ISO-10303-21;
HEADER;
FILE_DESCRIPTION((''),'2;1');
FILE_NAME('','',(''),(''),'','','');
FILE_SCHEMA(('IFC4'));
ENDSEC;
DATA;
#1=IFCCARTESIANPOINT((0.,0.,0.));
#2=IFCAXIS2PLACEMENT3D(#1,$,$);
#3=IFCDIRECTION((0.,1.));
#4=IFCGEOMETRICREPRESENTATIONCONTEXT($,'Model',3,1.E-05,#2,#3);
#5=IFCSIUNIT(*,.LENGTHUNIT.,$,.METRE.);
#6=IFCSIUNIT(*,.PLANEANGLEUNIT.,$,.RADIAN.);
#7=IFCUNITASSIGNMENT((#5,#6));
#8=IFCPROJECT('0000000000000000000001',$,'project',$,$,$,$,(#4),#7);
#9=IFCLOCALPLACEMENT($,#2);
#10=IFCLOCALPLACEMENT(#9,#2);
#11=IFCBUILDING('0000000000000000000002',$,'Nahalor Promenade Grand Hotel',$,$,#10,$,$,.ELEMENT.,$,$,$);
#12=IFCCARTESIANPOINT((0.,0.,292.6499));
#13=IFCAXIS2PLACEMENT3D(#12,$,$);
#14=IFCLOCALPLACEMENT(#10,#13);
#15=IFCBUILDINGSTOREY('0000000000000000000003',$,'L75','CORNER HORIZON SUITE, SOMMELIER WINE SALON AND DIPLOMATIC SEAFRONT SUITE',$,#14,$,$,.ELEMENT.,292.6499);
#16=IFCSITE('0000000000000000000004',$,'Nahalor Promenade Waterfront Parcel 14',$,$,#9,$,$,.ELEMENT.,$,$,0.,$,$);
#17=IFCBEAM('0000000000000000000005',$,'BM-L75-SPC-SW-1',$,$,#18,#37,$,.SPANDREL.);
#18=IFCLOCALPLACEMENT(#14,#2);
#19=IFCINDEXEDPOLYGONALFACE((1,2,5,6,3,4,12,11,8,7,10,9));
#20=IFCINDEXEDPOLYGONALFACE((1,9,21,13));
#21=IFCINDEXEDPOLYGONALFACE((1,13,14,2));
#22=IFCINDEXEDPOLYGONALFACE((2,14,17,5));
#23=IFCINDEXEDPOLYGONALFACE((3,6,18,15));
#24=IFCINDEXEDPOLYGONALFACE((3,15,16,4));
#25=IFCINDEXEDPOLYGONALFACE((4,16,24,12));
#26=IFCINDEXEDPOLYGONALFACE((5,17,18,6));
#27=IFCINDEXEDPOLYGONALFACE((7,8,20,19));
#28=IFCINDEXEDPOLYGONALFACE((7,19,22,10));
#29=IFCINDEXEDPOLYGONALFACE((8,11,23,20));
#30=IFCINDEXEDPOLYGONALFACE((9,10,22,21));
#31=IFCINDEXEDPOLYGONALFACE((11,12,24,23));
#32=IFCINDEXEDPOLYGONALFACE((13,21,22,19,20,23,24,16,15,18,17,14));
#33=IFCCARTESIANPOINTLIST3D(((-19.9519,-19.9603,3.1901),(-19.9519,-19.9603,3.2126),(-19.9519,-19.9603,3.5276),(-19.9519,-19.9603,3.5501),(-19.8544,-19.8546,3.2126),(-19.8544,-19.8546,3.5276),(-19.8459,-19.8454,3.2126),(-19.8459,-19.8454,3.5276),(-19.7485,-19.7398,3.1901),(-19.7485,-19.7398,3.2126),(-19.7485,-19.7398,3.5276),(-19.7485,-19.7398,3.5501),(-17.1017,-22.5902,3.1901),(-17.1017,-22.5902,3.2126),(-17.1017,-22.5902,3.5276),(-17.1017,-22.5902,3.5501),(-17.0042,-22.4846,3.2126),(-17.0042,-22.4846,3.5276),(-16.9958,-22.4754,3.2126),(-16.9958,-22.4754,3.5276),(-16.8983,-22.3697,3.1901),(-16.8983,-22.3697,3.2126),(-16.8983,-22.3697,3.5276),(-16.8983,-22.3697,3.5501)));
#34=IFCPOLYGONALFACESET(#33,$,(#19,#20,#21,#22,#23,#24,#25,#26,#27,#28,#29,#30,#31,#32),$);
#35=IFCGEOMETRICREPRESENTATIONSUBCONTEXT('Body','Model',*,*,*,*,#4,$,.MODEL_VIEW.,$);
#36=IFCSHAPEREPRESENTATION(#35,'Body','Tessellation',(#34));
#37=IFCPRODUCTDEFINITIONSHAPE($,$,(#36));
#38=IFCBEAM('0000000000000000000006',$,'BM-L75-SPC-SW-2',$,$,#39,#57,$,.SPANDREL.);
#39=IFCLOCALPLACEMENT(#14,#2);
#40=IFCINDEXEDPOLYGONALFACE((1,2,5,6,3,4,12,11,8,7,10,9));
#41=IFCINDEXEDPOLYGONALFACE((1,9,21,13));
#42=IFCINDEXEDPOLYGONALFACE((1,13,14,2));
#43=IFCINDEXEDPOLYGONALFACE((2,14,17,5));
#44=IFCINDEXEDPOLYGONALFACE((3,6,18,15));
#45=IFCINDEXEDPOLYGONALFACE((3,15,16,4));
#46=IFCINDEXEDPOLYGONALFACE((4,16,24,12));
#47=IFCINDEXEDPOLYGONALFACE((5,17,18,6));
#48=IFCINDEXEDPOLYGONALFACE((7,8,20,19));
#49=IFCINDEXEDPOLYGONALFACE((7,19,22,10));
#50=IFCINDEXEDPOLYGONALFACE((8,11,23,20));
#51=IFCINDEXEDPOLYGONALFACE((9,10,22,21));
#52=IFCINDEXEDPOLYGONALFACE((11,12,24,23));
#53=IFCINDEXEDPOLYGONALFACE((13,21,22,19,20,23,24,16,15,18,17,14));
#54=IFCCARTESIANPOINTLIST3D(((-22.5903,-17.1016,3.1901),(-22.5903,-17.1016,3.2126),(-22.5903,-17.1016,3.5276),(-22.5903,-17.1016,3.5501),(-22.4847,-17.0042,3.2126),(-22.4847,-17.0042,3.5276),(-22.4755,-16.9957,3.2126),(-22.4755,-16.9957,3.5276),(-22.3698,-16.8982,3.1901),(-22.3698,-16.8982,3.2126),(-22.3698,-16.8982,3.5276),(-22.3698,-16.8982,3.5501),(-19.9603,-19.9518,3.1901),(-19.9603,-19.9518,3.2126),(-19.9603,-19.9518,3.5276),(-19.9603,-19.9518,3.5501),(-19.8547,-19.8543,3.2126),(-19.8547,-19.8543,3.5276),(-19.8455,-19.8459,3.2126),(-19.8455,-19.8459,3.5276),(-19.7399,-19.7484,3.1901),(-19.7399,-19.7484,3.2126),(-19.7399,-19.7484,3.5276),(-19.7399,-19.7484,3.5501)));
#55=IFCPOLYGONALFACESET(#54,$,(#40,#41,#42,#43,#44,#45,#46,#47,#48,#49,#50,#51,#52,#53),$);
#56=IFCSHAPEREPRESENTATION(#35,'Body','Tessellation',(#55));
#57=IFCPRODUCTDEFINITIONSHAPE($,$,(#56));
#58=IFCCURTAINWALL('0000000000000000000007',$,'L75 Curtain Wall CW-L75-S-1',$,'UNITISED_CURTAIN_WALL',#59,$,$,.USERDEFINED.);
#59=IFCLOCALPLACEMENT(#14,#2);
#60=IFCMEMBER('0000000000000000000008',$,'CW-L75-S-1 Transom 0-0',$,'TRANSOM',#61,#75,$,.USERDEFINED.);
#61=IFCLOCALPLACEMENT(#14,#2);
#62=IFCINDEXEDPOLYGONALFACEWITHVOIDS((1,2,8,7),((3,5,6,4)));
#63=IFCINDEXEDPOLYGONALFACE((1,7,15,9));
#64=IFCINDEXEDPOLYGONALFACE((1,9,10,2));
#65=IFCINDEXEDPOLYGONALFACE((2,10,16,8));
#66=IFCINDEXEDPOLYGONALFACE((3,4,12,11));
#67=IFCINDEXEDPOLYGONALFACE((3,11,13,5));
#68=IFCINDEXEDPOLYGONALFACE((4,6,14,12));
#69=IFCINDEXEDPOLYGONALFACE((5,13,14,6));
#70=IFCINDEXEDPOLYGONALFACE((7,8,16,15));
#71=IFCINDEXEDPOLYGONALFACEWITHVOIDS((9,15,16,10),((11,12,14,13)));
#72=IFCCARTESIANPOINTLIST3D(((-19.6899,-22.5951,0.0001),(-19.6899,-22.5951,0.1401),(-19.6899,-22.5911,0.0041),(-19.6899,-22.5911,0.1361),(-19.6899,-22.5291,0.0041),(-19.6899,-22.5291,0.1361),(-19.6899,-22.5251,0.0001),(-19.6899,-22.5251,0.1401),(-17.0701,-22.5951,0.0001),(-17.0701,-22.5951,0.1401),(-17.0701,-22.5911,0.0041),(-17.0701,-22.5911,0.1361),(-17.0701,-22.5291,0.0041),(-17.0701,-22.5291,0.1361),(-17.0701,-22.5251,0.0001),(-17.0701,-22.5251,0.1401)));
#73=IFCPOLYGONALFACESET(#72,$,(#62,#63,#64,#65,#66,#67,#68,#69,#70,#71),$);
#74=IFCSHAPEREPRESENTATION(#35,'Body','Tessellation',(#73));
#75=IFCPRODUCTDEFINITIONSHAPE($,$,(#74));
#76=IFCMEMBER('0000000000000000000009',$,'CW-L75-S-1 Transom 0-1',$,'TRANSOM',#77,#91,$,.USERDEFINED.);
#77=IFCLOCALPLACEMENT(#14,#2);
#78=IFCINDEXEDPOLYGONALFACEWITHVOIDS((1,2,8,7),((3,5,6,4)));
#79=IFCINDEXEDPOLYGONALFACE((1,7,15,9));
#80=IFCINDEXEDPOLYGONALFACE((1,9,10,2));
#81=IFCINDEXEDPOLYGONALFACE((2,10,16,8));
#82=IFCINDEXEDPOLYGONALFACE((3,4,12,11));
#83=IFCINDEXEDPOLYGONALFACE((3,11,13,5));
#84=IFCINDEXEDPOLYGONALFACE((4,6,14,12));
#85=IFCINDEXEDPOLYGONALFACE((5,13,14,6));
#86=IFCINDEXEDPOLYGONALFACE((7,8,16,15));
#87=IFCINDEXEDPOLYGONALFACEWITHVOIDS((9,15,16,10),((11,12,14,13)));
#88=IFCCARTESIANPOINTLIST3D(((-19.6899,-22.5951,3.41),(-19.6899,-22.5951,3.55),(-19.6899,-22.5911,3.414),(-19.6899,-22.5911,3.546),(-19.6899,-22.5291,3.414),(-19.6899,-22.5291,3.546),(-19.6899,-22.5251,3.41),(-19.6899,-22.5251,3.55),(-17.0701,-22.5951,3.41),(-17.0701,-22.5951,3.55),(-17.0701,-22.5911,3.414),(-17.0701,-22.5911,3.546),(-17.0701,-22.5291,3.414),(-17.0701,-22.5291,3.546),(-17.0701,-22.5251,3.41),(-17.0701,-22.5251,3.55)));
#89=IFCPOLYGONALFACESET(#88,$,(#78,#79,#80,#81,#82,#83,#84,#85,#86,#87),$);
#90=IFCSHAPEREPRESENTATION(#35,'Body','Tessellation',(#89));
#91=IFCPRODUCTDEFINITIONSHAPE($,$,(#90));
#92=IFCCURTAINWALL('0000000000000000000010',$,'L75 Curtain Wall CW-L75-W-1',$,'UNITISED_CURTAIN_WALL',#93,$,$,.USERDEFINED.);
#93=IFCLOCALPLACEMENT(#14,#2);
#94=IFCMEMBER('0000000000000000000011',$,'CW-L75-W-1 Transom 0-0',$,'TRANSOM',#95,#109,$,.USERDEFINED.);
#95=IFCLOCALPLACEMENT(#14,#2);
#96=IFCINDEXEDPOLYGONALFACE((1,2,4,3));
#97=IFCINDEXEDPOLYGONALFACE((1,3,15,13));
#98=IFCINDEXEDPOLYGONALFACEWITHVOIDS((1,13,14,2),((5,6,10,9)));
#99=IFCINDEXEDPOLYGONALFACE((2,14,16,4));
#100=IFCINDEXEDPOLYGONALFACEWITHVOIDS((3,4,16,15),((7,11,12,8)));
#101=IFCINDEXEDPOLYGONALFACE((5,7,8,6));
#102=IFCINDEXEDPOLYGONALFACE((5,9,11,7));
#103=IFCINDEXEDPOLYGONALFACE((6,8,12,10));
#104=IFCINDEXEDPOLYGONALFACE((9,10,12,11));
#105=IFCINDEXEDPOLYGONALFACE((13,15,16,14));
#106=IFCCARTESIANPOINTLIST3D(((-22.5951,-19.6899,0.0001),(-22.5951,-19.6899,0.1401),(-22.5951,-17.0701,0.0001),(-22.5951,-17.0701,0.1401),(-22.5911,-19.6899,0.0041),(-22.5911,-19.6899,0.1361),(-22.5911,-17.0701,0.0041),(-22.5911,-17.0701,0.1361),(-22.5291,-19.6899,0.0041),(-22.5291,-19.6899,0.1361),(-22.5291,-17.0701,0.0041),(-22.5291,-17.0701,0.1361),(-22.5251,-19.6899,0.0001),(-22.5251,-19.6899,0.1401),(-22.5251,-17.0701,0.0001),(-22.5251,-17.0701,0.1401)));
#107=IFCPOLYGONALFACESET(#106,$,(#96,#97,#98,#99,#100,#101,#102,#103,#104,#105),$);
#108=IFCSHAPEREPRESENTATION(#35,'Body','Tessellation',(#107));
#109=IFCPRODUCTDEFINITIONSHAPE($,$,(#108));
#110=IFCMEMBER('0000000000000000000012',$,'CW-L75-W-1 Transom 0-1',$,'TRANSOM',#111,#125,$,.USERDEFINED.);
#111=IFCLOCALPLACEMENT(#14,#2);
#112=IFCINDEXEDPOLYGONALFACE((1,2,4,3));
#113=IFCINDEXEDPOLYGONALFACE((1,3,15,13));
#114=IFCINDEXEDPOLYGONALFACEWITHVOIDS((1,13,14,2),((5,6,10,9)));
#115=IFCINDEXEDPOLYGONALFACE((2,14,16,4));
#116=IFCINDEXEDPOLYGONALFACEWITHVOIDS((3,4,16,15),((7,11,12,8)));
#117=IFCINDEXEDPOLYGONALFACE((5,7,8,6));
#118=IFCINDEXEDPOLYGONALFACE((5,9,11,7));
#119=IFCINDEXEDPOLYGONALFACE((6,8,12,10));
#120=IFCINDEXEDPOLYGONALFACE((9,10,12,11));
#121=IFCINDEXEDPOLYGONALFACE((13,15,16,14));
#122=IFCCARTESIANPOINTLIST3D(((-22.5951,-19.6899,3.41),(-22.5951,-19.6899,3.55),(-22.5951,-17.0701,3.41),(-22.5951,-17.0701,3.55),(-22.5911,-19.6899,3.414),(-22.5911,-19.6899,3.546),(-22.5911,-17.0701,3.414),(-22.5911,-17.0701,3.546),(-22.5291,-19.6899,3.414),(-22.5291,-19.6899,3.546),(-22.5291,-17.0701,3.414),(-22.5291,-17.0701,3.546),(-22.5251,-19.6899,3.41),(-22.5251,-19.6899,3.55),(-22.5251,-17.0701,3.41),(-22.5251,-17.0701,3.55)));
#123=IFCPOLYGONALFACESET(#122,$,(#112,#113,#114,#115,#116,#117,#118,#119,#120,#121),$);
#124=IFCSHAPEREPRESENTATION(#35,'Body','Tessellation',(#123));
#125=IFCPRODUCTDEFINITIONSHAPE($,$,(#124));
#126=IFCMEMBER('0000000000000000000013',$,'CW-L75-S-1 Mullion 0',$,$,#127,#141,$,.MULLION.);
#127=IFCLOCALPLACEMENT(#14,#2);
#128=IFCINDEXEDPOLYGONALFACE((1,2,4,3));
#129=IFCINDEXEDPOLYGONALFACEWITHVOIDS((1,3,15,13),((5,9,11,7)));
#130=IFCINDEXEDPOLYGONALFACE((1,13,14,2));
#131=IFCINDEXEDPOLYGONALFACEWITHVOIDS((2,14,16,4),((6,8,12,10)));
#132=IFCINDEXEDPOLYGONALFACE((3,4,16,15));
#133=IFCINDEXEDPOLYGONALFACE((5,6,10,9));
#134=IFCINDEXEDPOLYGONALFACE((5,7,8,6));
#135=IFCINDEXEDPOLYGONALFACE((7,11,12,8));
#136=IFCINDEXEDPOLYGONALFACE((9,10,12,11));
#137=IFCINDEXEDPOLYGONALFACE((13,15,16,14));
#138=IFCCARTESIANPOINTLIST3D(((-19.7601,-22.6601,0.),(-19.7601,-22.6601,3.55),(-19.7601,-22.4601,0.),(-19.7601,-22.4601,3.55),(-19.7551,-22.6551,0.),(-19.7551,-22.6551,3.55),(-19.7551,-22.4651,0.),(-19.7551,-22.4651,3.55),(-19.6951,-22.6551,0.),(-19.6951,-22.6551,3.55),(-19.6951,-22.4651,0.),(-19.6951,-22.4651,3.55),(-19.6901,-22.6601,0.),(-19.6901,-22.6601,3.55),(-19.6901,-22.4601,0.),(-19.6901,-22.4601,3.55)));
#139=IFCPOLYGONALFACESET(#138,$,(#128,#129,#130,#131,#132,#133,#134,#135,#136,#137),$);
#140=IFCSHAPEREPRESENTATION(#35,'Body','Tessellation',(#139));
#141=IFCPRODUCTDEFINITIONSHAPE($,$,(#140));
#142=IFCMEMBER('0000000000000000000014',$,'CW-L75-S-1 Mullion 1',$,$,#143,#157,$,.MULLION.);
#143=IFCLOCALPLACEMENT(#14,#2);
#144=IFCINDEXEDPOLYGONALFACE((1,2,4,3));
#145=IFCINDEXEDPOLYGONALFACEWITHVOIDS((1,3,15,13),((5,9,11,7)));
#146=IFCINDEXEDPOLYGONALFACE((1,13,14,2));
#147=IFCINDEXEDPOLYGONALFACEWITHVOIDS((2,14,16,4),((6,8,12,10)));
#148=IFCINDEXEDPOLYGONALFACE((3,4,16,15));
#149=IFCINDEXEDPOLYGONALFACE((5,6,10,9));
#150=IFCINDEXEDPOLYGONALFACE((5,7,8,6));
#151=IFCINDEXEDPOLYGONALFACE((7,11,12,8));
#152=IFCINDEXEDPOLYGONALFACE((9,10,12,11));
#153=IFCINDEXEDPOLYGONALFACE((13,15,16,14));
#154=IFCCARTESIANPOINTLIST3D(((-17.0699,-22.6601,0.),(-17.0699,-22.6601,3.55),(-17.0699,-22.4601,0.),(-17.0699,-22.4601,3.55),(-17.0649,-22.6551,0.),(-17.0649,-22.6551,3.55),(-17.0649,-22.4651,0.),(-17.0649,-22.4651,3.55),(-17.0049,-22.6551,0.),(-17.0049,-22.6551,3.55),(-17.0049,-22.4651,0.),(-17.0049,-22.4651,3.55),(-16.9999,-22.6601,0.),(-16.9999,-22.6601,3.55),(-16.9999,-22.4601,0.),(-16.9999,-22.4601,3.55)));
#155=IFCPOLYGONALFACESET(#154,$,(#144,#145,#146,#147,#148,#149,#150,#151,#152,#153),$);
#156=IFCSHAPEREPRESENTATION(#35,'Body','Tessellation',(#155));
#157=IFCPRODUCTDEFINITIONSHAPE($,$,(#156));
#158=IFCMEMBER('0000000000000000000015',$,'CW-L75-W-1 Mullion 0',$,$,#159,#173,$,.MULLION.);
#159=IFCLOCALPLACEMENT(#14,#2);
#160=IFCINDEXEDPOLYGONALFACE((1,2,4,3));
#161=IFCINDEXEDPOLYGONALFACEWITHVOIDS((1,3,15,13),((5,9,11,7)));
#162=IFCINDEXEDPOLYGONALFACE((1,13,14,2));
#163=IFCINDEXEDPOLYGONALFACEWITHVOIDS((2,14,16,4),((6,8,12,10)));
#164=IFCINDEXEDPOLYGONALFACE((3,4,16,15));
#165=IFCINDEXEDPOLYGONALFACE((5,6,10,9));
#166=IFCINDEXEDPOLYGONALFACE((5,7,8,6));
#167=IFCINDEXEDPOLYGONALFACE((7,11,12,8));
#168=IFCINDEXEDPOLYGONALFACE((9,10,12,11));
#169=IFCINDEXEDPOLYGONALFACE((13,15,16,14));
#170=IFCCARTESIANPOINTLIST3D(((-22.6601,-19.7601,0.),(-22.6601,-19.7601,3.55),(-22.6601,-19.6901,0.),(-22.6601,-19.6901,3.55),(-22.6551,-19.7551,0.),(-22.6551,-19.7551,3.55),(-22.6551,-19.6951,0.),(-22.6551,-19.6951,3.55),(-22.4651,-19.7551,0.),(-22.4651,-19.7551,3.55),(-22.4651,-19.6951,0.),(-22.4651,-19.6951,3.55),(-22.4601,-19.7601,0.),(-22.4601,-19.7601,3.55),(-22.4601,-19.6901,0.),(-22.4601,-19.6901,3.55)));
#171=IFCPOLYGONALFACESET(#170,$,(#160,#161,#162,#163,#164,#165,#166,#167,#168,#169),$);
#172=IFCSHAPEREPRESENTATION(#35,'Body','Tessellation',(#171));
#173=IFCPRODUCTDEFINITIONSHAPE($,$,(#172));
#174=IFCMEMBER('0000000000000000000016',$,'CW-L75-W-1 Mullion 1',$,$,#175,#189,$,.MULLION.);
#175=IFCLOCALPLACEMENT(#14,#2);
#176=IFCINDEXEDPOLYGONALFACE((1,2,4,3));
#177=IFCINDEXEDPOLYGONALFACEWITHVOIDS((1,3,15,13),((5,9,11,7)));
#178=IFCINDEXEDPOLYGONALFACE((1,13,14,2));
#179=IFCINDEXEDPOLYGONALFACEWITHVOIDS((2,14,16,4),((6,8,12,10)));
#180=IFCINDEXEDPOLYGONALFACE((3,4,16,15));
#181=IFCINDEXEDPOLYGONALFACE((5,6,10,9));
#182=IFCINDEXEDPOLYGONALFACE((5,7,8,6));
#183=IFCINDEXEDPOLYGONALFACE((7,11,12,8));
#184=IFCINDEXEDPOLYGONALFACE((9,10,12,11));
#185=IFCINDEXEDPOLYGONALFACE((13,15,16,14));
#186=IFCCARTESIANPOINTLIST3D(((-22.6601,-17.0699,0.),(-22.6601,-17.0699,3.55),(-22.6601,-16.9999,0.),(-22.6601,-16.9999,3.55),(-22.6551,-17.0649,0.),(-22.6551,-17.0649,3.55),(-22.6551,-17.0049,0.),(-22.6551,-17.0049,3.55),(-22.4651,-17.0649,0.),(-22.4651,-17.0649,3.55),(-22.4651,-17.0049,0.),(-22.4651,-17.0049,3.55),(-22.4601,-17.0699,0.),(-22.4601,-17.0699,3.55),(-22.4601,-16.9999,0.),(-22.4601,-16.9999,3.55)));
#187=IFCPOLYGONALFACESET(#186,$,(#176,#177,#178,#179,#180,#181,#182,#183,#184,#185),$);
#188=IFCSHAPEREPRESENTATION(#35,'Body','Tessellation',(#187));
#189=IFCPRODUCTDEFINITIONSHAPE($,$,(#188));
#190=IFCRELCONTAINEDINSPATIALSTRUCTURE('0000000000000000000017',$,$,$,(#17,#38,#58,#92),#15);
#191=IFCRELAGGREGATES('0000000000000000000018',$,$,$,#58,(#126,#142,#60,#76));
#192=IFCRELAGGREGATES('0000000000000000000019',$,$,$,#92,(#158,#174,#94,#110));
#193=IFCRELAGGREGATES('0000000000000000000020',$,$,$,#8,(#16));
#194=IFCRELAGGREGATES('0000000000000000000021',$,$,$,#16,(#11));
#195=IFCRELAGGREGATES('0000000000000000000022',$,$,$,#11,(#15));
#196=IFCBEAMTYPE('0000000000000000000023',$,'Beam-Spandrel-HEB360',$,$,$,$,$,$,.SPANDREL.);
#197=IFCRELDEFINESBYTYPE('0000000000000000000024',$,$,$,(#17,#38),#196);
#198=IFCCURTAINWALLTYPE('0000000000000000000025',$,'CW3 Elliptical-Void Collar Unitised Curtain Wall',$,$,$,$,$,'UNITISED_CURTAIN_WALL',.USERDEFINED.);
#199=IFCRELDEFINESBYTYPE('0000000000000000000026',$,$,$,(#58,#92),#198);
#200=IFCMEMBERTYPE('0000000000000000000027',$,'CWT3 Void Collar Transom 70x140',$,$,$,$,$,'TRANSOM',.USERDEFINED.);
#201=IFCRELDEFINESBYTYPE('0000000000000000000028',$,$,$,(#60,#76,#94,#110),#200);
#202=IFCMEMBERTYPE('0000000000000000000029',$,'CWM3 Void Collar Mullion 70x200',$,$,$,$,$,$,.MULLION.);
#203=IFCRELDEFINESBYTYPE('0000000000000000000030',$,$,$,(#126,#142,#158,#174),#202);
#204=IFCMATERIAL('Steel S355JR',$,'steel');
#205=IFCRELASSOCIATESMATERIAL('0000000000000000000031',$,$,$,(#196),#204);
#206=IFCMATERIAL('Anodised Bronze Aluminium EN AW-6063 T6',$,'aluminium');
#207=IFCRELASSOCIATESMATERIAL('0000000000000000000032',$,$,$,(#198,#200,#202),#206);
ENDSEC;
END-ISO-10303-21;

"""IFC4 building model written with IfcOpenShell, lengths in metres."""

from ifc_helpers import new_model, si_unit, direction, frame, origin, origin_2d, place, context, subcontext, project, spatial, hollow_rectangle, i_section, extrude, source, transform, mapped, material, material_profile, profile_set, type_object, element, aggregate, save


model = new_model("IFC4")

# Units and contexts
model_context = context("Model", 3, precision=1e-05, world=origin(), true_north=direction((0.0, 1.0)))
body_context = subcontext(model_context, "Body", "Model", "MODEL_VIEW")
ifc_project = project(units=[si_unit("LENGTHUNIT", "METRE"), si_unit("PLANEANGLEUNIT", "RADIAN")], contexts=[model_context])

# Site, building, storey
site_placement = place(None, origin())
site = spatial("IfcSite", under=ifc_project, at=site_placement, Name="Nahalor Promenade Waterfront Parcel 14", CompositionType="ELEMENT", RefElevation=0.0)
building_placement = place(site_placement, origin())
building = spatial("IfcBuilding", under=site, at=building_placement, Name="Nahalor Promenade Grand Hotel", CompositionType="ELEMENT")
storey_placement = place(building_placement, frame((0.0, 0.0, 292.6499)))
storey = spatial("IfcBuildingStorey", under=building, at=storey_placement, Name="L75", Description="CORNER HORIZON SUITE, SOMMELIER WINE SALON AND DIPLOMATIC SEAFRONT SUITE", CompositionType="ELEMENT", Elevation=292.6499)

# Shared definitions
ifc_material_1 = material(Name="Steel S355JR", Category="steel")

# Beams
ifc_material_profile_1 = material_profile(ifc_material_1, i_section(OverallWidth=0.3, OverallDepth=0.36, WebThickness=0.0125, FlangeThickness=0.0225, at=origin_2d()), Name="HEB 360")
ifc_profile_set_1 = profile_set([ifc_material_profile_1], Name="Steel S355JR")
beam_type_1 = type_object("IfcBeamType", Name="Beam-Spandrel-HEB360", PredefinedType="SPANDREL", material=ifc_profile_set_1)
shared_shape_1 = source(origin(), body_context, "Body", "SweptSolid", [
    extrude(i_section(OverallWidth=0.3, OverallDepth=0.36, WebThickness=0.0125, FlangeThickness=0.0225, at=origin_2d()), origin(), (0.0, 0.0, 1.0), 3.8782),
])
for number, where, z_axis, x_axis, name in (
    (1, (-17.0, -22.48, 3.3701), (-0.734929, 0.678144, 0.0), (-0.678144, -0.734929, 0.0), "BM-L75-SPC-SW-1"),
    (2, (-19.8501, -19.8501, 3.3701), (-0.678144, 0.734929, 0.0), (-0.734929, -0.678144, 0.0), "BM-L75-SPC-SW-2"),
):
    element("IfcBeam", number, at=place(storey_placement, frame(where, z_axis=z_axis, x_axis=x_axis)), inside=storey, type_object=beam_type_1, Name=name, PredefinedType="SPANDREL", context=body_context, shape_type="MappedRepresentation", body=[
        mapped(shared_shape_1, transform((0.0, 0.0, 0.0), scale=1.0)),
    ])

# Curtain walls, members
ifc_material_2 = material(Name="Anodised Bronze Aluminium EN AW-6063 T6", Category="aluminium")
curtain_wall_type = type_object("IfcCurtainWallType", Name="CW3 Elliptical-Void Collar Unitised Curtain Wall", ElementType="UNITISED_CURTAIN_WALL", PredefinedType="USERDEFINED", material=ifc_material_2)
curtain_wall_1_placement = place(storey_placement, origin())
curtain_wall_1 = element("IfcCurtainWall", 3, at=curtain_wall_1_placement, inside=storey, type_object=curtain_wall_type, Name="L75 Curtain Wall CW-L75-S-1", ObjectType="UNITISED_CURTAIN_WALL", PredefinedType="USERDEFINED")
ifc_material_profile_2 = material_profile(ifc_material_2, hollow_rectangle(XDim=0.07, YDim=0.14, WallThickness=0.004, at=origin_2d()), Name="CWT 70x140x4")
ifc_profile_set_2 = profile_set([ifc_material_profile_2], Name="Anodised Bronze Aluminium EN AW-6063 T6")
member_type_1 = type_object("IfcMemberType", Name="CWT3 Void Collar Transom 70x140", ElementType="TRANSOM", PredefinedType="USERDEFINED", material=ifc_profile_set_2)
shared_shape_2 = source(origin(), body_context, "Body", "SweptSolid", [
    extrude(hollow_rectangle(XDim=0.07, YDim=0.14, WallThickness=0.004, at=origin_2d()), origin(), (0.0, 0.0, 1.0), 2.6199),
])
member_1_placement = place(storey_placement, frame((-19.6899, -22.5601, 0.0701), z_axis=(1.0, 0.0, 0.0), x_axis=(0.0, 1.0, 0.0)))
member_1 = element("IfcMember", 4, at=member_1_placement, type_object=member_type_1, Name="CW-L75-S-1 Transom 0-0", ObjectType="TRANSOM", PredefinedType="USERDEFINED", context=body_context, shape_type="MappedRepresentation", body=[
    mapped(shared_shape_2, transform((0.0, 0.0, 0.0), scale=1.0)),
])
member_2_placement = place(storey_placement, frame((-19.6899, -22.5601, 3.48), z_axis=(1.0, 0.0, 0.0), x_axis=(0.0, 1.0, 0.0)))
member_2 = element("IfcMember", 5, at=member_2_placement, type_object=member_type_1, Name="CW-L75-S-1 Transom 0-1", ObjectType="TRANSOM", PredefinedType="USERDEFINED", context=body_context, shape_type="MappedRepresentation", body=[
    mapped(shared_shape_2, transform((0.0, 0.0, 0.0), scale=1.0)),
])
curtain_wall_2_placement = place(storey_placement, origin())
curtain_wall_2 = element("IfcCurtainWall", 6, at=curtain_wall_2_placement, inside=storey, type_object=curtain_wall_type, Name="L75 Curtain Wall CW-L75-W-1", ObjectType="UNITISED_CURTAIN_WALL", PredefinedType="USERDEFINED")
member_3_placement = place(storey_placement, frame((-22.5601, -19.6899, 0.0701), z_axis=(0.0, 1.0, 0.0), x_axis=(-1.0, 0.0, 0.0)))
member_3 = element("IfcMember", 7, at=member_3_placement, type_object=member_type_1, Name="CW-L75-W-1 Transom 0-0", ObjectType="TRANSOM", PredefinedType="USERDEFINED", context=body_context, shape_type="MappedRepresentation", body=[
    mapped(shared_shape_2, transform((0.0, 0.0, 0.0), scale=1.0)),
])
member_4_placement = place(storey_placement, frame((-22.5601, -19.6899, 3.48), z_axis=(0.0, 1.0, 0.0), x_axis=(-1.0, 0.0, 0.0)))
member_4 = element("IfcMember", 8, at=member_4_placement, type_object=member_type_1, Name="CW-L75-W-1 Transom 0-1", ObjectType="TRANSOM", PredefinedType="USERDEFINED", context=body_context, shape_type="MappedRepresentation", body=[
    mapped(shared_shape_2, transform((0.0, 0.0, 0.0), scale=1.0)),
])

# Members
ifc_material_profile_3 = material_profile(ifc_material_2, hollow_rectangle(XDim=0.07, YDim=0.2, WallThickness=0.005, at=origin_2d()), Name="CWM 70x200x5")
ifc_profile_set_3 = profile_set([ifc_material_profile_3], Name="Anodised Bronze Aluminium EN AW-6063 T6")
member_type_2 = type_object("IfcMemberType", Name="CWM3 Void Collar Mullion 70x200", PredefinedType="MULLION", material=ifc_profile_set_3)
shared_shape_3 = source(origin(), body_context, "Body", "SweptSolid", [
    extrude(hollow_rectangle(XDim=0.07, YDim=0.2, WallThickness=0.005, at=origin_2d()), origin(), (0.0, 0.0, 1.0), 3.55),
])
member_5_placement = place(storey_placement, frame((-19.7251, -22.5601, 0.0), z_axis=(0.0, 0.0, 1.0), x_axis=(1.0, 0.0, 0.0)))
member_5 = element("IfcMember", 9, at=member_5_placement, type_object=member_type_2, Name="CW-L75-S-1 Mullion 0", PredefinedType="MULLION", context=body_context, shape_type="MappedRepresentation", body=[
    mapped(shared_shape_3, transform((0.0, 0.0, 0.0), scale=1.0)),
])
member_6_placement = place(storey_placement, frame((-17.0349, -22.5601, 0.0), z_axis=(0.0, 0.0, 1.0), x_axis=(1.0, 0.0, 0.0)))
member_6 = element("IfcMember", 10, at=member_6_placement, type_object=member_type_2, Name="CW-L75-S-1 Mullion 1", PredefinedType="MULLION", context=body_context, shape_type="MappedRepresentation", body=[
    mapped(shared_shape_3, transform((0.0, 0.0, 0.0), scale=1.0)),
])
member_7_placement = place(storey_placement, frame((-22.5601, -19.7251, 0.0), z_axis=(0.0, 0.0, 1.0), x_axis=(0.0, 1.0, 0.0)))
member_7 = element("IfcMember", 11, at=member_7_placement, type_object=member_type_2, Name="CW-L75-W-1 Mullion 0", PredefinedType="MULLION", context=body_context, shape_type="MappedRepresentation", body=[
    mapped(shared_shape_3, transform((0.0, 0.0, 0.0), scale=1.0)),
])
member_8_placement = place(storey_placement, frame((-22.5601, -17.0349, 0.0), z_axis=(0.0, 0.0, 1.0), x_axis=(0.0, 1.0, 0.0)))
member_8 = element("IfcMember", 12, at=member_8_placement, type_object=member_type_2, Name="CW-L75-W-1 Mullion 1", PredefinedType="MULLION", context=body_context, shape_type="MappedRepresentation", body=[
    mapped(shared_shape_3, transform((0.0, 0.0, 0.0), scale=1.0)),
])

aggregate(curtain_wall_1, [member_5, member_6, member_1, member_2])
aggregate(curtain_wall_2, [member_7, member_8, member_3, member_4])

save(model, "model.ifc")
